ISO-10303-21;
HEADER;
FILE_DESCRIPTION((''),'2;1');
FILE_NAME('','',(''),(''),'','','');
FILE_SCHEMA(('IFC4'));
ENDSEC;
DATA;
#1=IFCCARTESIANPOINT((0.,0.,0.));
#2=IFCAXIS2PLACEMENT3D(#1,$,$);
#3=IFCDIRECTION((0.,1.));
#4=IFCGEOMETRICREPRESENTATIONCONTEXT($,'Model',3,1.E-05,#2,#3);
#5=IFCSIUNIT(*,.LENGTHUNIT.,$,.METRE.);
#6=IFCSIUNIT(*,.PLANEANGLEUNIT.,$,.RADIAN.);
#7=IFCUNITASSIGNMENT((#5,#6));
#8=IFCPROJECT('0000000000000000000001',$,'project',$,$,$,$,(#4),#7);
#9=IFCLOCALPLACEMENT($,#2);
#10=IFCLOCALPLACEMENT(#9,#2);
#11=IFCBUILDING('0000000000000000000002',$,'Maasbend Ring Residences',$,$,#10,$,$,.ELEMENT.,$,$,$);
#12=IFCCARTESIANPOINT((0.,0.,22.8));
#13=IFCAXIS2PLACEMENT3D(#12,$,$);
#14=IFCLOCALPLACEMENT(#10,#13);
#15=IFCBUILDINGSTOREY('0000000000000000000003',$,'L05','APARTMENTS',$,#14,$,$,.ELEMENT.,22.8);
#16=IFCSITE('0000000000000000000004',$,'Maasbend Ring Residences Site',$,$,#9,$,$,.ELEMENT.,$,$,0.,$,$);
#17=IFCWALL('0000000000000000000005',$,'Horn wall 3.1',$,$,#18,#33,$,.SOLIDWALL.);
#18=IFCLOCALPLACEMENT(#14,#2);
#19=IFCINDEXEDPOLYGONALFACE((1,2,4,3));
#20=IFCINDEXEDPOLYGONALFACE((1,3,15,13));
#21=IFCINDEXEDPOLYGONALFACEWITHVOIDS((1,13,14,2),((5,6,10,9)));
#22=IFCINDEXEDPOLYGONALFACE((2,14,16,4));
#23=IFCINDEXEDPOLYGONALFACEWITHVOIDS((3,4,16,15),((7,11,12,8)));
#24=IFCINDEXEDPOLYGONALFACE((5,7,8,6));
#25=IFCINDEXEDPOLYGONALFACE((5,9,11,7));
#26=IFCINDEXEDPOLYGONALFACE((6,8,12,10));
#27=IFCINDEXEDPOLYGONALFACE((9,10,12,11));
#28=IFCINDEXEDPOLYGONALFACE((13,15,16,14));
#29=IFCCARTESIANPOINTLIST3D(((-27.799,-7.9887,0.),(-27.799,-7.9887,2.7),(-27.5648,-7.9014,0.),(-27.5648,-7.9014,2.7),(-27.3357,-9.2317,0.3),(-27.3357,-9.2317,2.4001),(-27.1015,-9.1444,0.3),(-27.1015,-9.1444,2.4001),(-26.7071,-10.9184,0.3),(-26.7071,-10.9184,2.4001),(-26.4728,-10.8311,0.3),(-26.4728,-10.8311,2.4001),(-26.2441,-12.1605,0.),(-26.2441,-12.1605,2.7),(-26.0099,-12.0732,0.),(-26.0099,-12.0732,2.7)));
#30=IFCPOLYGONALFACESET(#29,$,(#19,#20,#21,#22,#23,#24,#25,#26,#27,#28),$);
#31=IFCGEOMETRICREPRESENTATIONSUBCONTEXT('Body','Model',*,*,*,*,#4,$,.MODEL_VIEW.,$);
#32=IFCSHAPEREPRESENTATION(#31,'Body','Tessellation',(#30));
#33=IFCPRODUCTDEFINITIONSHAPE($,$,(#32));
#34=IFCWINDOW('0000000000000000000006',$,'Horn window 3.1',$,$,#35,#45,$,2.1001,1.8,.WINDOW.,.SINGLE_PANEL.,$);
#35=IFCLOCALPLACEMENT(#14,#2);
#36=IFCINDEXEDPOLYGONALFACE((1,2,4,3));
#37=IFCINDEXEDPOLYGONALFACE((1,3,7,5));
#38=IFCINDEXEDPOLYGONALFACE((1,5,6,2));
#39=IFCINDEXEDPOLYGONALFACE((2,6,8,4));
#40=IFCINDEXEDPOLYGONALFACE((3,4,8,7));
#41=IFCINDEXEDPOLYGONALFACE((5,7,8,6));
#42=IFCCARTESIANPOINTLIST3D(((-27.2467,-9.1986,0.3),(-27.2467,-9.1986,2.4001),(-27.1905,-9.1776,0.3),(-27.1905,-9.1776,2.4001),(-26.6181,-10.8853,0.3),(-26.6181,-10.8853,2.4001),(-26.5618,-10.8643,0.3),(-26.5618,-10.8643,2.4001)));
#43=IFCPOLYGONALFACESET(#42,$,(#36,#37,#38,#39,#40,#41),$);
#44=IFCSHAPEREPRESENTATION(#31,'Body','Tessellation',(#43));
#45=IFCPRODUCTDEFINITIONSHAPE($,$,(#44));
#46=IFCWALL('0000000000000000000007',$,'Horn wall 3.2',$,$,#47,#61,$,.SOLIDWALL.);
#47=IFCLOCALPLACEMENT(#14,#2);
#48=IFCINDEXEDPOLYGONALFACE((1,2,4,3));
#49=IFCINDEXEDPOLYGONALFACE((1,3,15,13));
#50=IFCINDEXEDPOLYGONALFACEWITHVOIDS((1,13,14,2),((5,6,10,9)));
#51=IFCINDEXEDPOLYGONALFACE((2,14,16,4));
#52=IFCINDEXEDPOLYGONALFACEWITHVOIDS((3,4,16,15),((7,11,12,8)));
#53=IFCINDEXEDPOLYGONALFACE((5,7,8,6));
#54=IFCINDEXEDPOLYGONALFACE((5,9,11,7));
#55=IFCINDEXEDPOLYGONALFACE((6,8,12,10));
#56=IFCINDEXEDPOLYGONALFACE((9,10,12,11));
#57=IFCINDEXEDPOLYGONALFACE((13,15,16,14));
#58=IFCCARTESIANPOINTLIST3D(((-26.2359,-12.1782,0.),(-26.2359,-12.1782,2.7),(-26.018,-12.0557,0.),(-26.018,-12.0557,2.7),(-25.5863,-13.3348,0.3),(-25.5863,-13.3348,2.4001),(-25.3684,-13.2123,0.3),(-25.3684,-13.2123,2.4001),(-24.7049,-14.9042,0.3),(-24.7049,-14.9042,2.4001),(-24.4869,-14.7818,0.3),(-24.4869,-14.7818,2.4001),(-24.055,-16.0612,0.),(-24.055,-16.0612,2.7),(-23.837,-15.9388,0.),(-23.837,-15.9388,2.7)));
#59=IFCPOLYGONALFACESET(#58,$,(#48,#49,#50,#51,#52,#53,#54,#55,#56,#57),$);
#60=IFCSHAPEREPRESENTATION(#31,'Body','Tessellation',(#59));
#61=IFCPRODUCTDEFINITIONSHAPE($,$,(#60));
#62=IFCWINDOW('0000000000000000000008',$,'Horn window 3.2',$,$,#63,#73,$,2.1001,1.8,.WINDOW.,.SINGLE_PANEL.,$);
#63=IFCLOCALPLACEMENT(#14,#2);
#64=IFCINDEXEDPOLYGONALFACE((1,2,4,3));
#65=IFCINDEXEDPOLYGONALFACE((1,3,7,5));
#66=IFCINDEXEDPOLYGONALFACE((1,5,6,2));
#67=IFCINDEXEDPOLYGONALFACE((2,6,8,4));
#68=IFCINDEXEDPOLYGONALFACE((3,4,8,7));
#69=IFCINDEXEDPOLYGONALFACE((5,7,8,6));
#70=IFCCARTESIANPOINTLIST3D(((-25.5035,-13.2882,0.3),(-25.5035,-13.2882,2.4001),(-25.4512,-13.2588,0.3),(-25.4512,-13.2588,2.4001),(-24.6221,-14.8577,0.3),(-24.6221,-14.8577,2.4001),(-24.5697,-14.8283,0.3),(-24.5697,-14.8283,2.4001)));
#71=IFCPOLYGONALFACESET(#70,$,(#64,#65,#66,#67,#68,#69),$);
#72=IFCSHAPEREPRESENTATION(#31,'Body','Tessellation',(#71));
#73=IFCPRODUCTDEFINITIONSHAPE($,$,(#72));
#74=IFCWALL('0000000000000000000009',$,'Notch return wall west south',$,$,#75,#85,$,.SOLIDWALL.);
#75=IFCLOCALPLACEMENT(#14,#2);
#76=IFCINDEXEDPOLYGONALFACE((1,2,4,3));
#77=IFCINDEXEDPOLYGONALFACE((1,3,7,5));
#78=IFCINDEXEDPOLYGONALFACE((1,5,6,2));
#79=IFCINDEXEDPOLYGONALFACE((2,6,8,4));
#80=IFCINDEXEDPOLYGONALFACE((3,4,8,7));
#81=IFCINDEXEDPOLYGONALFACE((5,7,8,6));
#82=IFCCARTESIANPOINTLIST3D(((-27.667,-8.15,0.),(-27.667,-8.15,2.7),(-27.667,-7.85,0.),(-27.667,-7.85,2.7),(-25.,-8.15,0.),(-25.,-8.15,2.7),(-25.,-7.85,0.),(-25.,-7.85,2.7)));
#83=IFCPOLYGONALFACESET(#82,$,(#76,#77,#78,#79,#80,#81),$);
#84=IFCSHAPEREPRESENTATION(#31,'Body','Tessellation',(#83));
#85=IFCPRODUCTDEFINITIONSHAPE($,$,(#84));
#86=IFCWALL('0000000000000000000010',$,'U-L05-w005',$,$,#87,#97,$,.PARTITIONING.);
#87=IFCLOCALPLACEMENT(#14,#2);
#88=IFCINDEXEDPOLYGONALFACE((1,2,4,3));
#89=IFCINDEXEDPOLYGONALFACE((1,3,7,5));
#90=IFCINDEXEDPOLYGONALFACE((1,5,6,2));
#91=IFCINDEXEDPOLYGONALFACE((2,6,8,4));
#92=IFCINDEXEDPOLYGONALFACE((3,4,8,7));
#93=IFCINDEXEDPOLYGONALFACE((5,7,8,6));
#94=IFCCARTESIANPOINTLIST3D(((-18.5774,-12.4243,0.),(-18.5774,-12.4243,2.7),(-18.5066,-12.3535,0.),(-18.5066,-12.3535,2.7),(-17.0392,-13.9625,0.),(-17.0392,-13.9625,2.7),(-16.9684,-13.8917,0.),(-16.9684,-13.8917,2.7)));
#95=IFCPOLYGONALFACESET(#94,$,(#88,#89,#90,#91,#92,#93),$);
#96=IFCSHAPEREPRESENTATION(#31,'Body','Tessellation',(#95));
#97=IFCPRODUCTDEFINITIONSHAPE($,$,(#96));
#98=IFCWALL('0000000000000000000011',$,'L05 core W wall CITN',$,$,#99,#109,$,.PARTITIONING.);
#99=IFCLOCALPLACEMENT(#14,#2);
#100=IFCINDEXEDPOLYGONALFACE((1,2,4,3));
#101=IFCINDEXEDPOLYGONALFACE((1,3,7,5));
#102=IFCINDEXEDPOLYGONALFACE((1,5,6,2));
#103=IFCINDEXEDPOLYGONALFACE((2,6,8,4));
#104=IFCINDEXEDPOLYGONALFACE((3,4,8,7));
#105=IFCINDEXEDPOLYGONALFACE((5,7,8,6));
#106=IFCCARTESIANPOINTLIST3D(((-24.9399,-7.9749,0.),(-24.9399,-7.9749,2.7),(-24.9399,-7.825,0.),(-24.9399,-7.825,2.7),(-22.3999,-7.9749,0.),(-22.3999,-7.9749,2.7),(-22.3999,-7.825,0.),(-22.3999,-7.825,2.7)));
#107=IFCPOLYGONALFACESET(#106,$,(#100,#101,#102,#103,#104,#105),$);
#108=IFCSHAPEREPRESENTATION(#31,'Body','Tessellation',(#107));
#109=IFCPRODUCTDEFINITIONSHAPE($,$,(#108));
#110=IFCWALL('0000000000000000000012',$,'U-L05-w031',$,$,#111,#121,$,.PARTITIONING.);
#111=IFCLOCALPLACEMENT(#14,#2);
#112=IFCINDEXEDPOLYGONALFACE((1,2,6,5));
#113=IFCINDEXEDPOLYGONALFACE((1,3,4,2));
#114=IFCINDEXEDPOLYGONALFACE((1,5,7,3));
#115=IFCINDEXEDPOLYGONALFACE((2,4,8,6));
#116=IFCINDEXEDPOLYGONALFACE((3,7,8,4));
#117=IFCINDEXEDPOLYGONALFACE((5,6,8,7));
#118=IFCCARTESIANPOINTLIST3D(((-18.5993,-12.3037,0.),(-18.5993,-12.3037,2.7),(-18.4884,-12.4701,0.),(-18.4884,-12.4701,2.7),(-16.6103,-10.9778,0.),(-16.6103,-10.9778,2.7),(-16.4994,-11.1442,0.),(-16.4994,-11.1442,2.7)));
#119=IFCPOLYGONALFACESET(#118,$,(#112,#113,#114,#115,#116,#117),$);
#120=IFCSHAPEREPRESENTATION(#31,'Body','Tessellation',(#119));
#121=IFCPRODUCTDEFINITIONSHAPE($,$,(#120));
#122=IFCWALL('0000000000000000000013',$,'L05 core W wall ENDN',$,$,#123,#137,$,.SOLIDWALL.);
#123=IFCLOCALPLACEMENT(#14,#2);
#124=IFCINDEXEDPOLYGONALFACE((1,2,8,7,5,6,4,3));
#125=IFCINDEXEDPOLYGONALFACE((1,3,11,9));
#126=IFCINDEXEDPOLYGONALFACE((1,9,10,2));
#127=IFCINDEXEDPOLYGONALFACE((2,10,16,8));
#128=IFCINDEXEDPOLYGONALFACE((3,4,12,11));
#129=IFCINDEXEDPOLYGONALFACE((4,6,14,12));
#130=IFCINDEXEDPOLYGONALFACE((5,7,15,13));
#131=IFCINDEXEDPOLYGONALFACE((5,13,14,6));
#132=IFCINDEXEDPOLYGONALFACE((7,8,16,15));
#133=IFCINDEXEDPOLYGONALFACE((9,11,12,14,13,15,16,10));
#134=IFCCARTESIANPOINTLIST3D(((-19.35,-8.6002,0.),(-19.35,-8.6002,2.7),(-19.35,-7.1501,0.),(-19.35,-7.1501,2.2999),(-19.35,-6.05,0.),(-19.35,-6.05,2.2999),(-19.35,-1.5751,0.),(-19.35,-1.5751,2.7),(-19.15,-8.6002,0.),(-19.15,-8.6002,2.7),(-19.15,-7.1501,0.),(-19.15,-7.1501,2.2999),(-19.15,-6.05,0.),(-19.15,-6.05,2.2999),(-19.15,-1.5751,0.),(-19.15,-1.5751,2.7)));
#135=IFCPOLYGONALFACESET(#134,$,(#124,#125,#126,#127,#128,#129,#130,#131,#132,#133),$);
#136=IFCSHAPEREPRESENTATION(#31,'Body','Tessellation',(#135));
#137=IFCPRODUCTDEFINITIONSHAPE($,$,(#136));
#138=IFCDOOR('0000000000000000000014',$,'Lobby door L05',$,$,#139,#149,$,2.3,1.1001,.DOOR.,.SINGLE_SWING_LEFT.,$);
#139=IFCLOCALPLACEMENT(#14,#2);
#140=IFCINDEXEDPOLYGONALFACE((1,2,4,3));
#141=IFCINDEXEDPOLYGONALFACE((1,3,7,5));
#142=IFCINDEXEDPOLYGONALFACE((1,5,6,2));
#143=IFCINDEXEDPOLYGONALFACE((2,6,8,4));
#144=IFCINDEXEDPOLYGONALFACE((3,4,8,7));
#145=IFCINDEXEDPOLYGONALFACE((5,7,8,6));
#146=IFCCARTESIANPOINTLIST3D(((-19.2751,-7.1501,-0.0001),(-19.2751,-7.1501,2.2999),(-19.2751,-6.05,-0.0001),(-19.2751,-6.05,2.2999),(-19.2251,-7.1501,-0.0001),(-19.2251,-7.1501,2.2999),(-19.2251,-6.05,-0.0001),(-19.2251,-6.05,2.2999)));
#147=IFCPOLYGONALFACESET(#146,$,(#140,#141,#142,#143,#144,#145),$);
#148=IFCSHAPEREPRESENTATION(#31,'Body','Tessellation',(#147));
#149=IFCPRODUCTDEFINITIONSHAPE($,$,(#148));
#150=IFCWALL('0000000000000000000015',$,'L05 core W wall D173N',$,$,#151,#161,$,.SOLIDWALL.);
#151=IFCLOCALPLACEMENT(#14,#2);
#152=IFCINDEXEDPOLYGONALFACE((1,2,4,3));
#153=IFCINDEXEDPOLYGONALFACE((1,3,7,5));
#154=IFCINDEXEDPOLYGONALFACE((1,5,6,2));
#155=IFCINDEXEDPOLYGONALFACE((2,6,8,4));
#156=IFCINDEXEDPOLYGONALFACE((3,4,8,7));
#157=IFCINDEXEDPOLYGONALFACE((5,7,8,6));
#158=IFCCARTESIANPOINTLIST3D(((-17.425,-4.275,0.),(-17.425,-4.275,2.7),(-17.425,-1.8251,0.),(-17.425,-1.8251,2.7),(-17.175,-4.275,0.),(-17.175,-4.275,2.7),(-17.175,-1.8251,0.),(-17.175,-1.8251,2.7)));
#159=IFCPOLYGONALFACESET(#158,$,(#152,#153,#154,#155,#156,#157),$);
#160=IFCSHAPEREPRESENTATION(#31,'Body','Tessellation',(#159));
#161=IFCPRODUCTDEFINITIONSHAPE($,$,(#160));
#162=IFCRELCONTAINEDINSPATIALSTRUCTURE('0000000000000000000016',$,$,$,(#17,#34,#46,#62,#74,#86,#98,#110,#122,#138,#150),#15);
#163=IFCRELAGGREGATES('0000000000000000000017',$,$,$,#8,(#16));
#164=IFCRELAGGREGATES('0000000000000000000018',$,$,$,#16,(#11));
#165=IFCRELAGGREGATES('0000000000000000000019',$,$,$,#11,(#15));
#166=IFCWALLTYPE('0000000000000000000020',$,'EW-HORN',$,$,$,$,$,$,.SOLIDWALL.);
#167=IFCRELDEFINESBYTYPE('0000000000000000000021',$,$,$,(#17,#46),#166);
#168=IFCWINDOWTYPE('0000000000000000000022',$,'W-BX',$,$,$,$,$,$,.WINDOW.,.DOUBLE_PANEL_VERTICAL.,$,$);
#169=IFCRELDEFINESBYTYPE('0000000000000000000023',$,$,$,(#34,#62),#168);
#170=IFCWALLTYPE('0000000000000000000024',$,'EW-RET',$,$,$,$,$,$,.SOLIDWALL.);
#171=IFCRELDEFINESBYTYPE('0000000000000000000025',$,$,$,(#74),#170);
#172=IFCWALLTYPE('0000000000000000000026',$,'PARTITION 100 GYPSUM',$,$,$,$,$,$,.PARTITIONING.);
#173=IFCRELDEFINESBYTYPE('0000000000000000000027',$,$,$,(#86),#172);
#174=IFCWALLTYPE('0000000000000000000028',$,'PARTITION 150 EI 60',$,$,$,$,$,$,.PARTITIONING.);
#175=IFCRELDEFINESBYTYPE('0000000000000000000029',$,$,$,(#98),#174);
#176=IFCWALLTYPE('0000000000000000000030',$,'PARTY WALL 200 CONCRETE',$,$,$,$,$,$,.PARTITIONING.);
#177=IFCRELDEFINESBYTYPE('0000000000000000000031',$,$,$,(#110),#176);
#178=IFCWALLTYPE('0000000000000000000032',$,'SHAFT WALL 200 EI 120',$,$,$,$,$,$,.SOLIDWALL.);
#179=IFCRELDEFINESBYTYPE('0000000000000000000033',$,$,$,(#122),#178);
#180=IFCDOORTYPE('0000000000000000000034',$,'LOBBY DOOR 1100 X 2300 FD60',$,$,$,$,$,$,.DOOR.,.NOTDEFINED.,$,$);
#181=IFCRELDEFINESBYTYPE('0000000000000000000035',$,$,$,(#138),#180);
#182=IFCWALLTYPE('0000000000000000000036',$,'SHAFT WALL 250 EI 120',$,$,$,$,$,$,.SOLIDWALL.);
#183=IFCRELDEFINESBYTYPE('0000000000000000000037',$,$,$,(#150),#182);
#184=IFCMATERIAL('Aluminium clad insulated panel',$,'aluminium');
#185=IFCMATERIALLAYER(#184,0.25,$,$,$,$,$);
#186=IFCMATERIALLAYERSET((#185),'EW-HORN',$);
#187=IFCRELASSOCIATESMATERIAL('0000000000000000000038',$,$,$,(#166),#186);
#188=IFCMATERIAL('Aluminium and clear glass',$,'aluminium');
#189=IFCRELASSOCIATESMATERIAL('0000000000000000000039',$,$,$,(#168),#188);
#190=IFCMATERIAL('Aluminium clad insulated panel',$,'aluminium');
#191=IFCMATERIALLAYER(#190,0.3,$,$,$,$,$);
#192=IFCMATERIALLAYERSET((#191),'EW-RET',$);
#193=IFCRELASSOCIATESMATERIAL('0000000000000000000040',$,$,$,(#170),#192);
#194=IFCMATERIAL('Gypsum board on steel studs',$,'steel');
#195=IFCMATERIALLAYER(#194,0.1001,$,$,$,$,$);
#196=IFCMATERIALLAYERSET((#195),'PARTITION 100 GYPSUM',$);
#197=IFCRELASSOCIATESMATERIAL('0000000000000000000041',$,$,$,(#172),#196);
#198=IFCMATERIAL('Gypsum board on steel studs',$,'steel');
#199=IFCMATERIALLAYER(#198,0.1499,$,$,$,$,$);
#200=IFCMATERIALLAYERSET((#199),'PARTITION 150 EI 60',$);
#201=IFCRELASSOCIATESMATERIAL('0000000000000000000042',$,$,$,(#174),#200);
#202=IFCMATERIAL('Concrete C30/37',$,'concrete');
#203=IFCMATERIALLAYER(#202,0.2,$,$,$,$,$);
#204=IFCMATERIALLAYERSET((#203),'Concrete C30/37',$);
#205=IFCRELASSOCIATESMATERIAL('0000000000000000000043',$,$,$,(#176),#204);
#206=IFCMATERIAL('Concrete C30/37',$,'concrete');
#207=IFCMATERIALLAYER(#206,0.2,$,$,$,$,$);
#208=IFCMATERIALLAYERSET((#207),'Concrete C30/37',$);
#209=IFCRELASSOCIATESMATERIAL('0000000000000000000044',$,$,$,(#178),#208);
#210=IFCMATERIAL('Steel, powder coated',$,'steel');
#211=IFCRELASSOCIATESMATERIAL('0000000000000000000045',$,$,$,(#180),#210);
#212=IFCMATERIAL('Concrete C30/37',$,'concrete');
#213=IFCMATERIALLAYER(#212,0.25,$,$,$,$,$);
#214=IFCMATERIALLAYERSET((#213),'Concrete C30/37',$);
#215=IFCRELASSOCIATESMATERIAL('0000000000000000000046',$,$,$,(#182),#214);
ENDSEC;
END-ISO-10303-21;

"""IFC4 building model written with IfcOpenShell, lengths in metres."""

from ifc_helpers import new_model, si_unit, direction, frame, frame_2d, origin, place, context, subcontext, project, spatial, rectangle, extrude, material, layer, layer_set, type_object, element, fill, save


model = new_model("IFC4")

# Units and contexts
model_context = context("Model", 3, precision=1e-05, world=origin(), true_north=direction((0.0, 1.0)))
body_context = subcontext(model_context, "Body", "Model", "MODEL_VIEW")
ifc_project = project(units=[si_unit("LENGTHUNIT", "METRE"), si_unit("PLANEANGLEUNIT", "RADIAN")], contexts=[model_context])

# Site, building, storey
site_placement = place(None, origin())
site = spatial("IfcSite", under=ifc_project, at=site_placement, Name="Maasbend Ring Residences Site", CompositionType="ELEMENT", RefElevation=0.0)
building_placement = place(site_placement, origin())
building = spatial("IfcBuilding", under=site, at=building_placement, Name="Maasbend Ring Residences", CompositionType="ELEMENT")
storey_placement = place(building_placement, frame((0.0, 0.0, 22.8)))
storey = spatial("IfcBuildingStorey", under=building, at=storey_placement, Name="L05", Description="APARTMENTS", CompositionType="ELEMENT", Elevation=22.8)

# Walls, openings, windows
ifc_material_1 = material(Name="Aluminium clad insulated panel", Category="aluminium")
ifc_layer_1 = layer(ifc_material_1, 0.25)
ifc_layer_set_1 = layer_set([ifc_layer_1], Name="EW-HORN")
wall_type_1 = type_object("IfcWallType", Name="EW-HORN", PredefinedType="SOLIDWALL", material=ifc_layer_set_1)
wall_1_placement = place(storey_placement, frame((-27.6819, -7.9451, 0.0), z_axis=(0.0, 0.0, 1.0), x_axis=(0.349248, -0.93703, 0.0)))
wall_1 = element("IfcWall", 1, at=wall_1_placement, inside=storey, type_object=wall_type_1, Name="Horn wall 3.1", PredefinedType="SOLIDWALL", context=body_context, shape_type="SweptSolid", body=[
    extrude(rectangle(XDim=4.4521, YDim=0.25, at=frame_2d((2.2261, 0.0))), origin(), (0.0, 0.0, 1.0), 2.7),
])
opening_1_placement = place(wall_1_placement, frame((1.3267, 0.0, 0.3)))
opening_1 = element("IfcOpeningElement", 2, at=opening_1_placement, cuts=wall_1, PredefinedType="OPENING", context=body_context, shape_type="SweptSolid", body=[
    extrude(rectangle(XDim=1.8, YDim=2.1001, at=frame_2d((0.8999, 1.05))), frame((0.0, 0.135, 0.0), z_axis=(0.0, -1.0, 0.0), x_axis=(1.0, 0.0, 0.0)), (0.0, 0.0, 1.0), 0.27),
])
ifc_material_2 = material(Name="Aluminium and clear glass", Category="aluminium")
window_type = type_object("IfcWindowType", Name="W-BX", PartitioningType="DOUBLE_PANEL_VERTICAL", PredefinedType="WINDOW", material=ifc_material_2)
window_1_placement = place(opening_1_placement, origin())
window_1 = element("IfcWindow", 3, at=window_1_placement, inside=storey, type_object=window_type, Name="Horn window 3.1", OverallHeight=2.1001, OverallWidth=1.8, PartitioningType="SINGLE_PANEL", PredefinedType="WINDOW", context=body_context, shape_type="SweptSolid", body=[
    extrude(rectangle(XDim=1.8, YDim=2.1001, at=frame_2d((0.8999, 1.05))), frame((0.0, 0.03, 0.0), z_axis=(0.0, -1.0, 0.0), x_axis=(1.0, 0.0, 0.0)), (0.0, 0.0, 1.0), 0.0601),
])
fill(opening_1, window_1)
wall_2_placement = place(storey_placement, frame((-26.127, -12.1169, 0.0), z_axis=(0.0, 0.0, 1.0), x_axis=(0.489696, -0.871893, 0.0)))
wall_2 = element("IfcWall", 4, at=wall_2_placement, inside=storey, type_object=wall_type_1, Name="Horn wall 3.2", PredefinedType="SOLIDWALL", context=body_context, shape_type="SweptSolid", body=[
    extrude(rectangle(XDim=4.4536, YDim=0.25, at=frame_2d((2.2268, 0.0))), origin(), (0.0, 0.0, 1.0), 2.7),
])
opening_2_placement = place(wall_2_placement, frame((1.3267, 0.0, 0.3)))
opening_2 = element("IfcOpeningElement", 5, at=opening_2_placement, cuts=wall_2, PredefinedType="OPENING", context=body_context, shape_type="SweptSolid", body=[
    extrude(rectangle(XDim=1.8, YDim=2.1001, at=frame_2d((0.8999, 1.05))), frame((0.0, 0.135, 0.0), z_axis=(0.0, -1.0, 0.0), x_axis=(1.0, 0.0, 0.0)), (0.0, 0.0, 1.0), 0.27),
])
window_2_placement = place(opening_2_placement, origin())
window_2 = element("IfcWindow", 6, at=window_2_placement, inside=storey, type_object=window_type, Name="Horn window 3.2", OverallHeight=2.1001, OverallWidth=1.8, PartitioningType="SINGLE_PANEL", PredefinedType="WINDOW", context=body_context, shape_type="SweptSolid", body=[
    extrude(rectangle(XDim=1.8, YDim=2.1001, at=frame_2d((0.8999, 1.05))), frame((0.0, 0.03, 0.0), z_axis=(0.0, -1.0, 0.0), x_axis=(1.0, 0.0, 0.0)), (0.0, 0.0, 1.0), 0.0601),
])
fill(opening_2, window_2)

# Walls
ifc_material_3 = material(Name="Aluminium clad insulated panel", Category="aluminium")
ifc_layer_2 = layer(ifc_material_3, 0.3)
ifc_layer_set_2 = layer_set([ifc_layer_2], Name="EW-RET")
wall_type_2 = type_object("IfcWallType", Name="EW-RET", PredefinedType="SOLIDWALL", material=ifc_layer_set_2)
wall_3_placement = place(storey_placement, frame((-25.0, -8.0, 0.0), z_axis=(0.0, 0.0, 1.0), x_axis=(-1.0, 0.0, 0.0)))
element("IfcWall", 7, at=wall_3_placement, inside=storey, type_object=wall_type_2, Name="Notch return wall west south", PredefinedType="SOLIDWALL", context=body_context, shape_type="SweptSolid", body=[
    extrude(rectangle(XDim=2.667, YDim=0.3, at=frame_2d((1.3335, 0.0))), origin(), (0.0, 0.0, 1.0), 2.7),
])
ifc_material_4 = material(Name="Gypsum board on steel studs", Category="steel")
ifc_layer_3 = layer(ifc_material_4, 0.1001)
ifc_layer_set_3 = layer_set([ifc_layer_3], Name="PARTITION 100 GYPSUM")
wall_type_3 = type_object("IfcWallType", Name="PARTITION 100 GYPSUM", PredefinedType="PARTITIONING", material=ifc_layer_set_3)
wall_4_placement = place(storey_placement, frame((-18.542, -12.3889, 0.0), z_axis=(0.0, 0.0, 1.0), x_axis=(0.707107, -0.707107, 0.0)))
element("IfcWall", 8, at=wall_4_placement, inside=storey, type_object=wall_type_3, Name="U-L05-w005", PredefinedType="PARTITIONING", context=body_context, shape_type="SweptSolid", body=[
    extrude(rectangle(XDim=2.1753, YDim=0.1001, at=frame_2d((1.0876, 0.0))), origin(), (0.0, 0.0, 1.0), 2.7),
])
ifc_material_5 = material(Name="Gypsum board on steel studs", Category="steel")
ifc_layer_4 = layer(ifc_material_5, 0.1499)
ifc_layer_set_4 = layer_set([ifc_layer_4], Name="PARTITION 150 EI 60")
wall_type_4 = type_object("IfcWallType", Name="PARTITION 150 EI 60", PredefinedType="PARTITIONING", material=ifc_layer_set_4)
wall_5_placement = place(storey_placement, frame((-22.3999, -7.8999, 0.0), z_axis=(0.0, 0.0, 1.0), x_axis=(-1.0, 0.0, 0.0)))
element("IfcWall", 9, at=wall_5_placement, inside=storey, type_object=wall_type_4, Name="L05 core W wall CITN", PredefinedType="PARTITIONING", context=body_context, shape_type="SweptSolid", body=[
    extrude(rectangle(XDim=2.54, YDim=0.1499, at=frame_2d((1.27, 0.0))), origin(), (0.0, 0.0, 1.0), 2.7),
])
ifc_material_6 = material(Name="Concrete C30/37", Category="concrete")
ifc_layer_5 = layer(ifc_material_6, 0.2)
ifc_layer_set_5 = layer_set([ifc_layer_5], Name="Concrete C30/37")
wall_type_5 = type_object("IfcWallType", Name="PARTY WALL 200 CONCRETE", PredefinedType="PARTITIONING", material=ifc_layer_set_5)
wall_6_placement = place(storey_placement, frame((-18.5439, -12.387, 0.0), z_axis=(0.0, 0.0, 1.0), x_axis=(0.832066, 0.554677, 0.0)))
element("IfcWall", 10, at=wall_6_placement, inside=storey, type_object=wall_type_5, Name="U-L05-w031", PredefinedType="PARTITIONING", context=body_context, shape_type="SweptSolid", body=[
    extrude(rectangle(XDim=2.3904, YDim=0.2, at=frame_2d((1.1953, 0.0))), origin(), (0.0, 0.0, 1.0), 2.7),
])

# Wall, opening, door
ifc_material_7 = material(Name="Concrete C30/37", Category="concrete")
ifc_layer_6 = layer(ifc_material_7, 0.2)
ifc_layer_set_6 = layer_set([ifc_layer_6], Name="Concrete C30/37")
wall_type_6 = type_object("IfcWallType", Name="SHAFT WALL 200 EI 120", PredefinedType="SOLIDWALL", material=ifc_layer_set_6)
wall_7_placement = place(storey_placement, frame((-19.25, -1.575, 0.0), z_axis=(0.0, 0.0, 1.0), x_axis=(0.0, -1.0, 0.0)))
wall_7 = element("IfcWall", 11, at=wall_7_placement, inside=storey, type_object=wall_type_6, Name="L05 core W wall ENDN", PredefinedType="SOLIDWALL", context=body_context, shape_type="SweptSolid", body=[
    extrude(rectangle(XDim=7.0251, YDim=0.2, at=frame_2d((3.5127, 0.0))), origin(), (0.0, 0.0, 1.0), 2.7),
])
opening_3_placement = place(wall_7_placement, frame((4.4751, 0.0, 0.0)))
opening_3 = element("IfcOpeningElement", 12, at=opening_3_placement, cuts=wall_7, PredefinedType="OPENING", context=body_context, shape_type="SweptSolid", body=[
    extrude(rectangle(XDim=1.1001, YDim=2.3, at=frame_2d((0.55, 1.1499))), frame((0.0, 0.1099, 0.0), z_axis=(0.0, -1.0, 0.0), x_axis=(1.0, 0.0, 0.0)), (0.0, 0.0, 1.0), 0.22),
])
ifc_material_8 = material(Name="Steel, powder coated", Category="steel")
door_type_1 = type_object("IfcDoorType", Name="LOBBY DOOR 1100 X 2300 FD60", OperationType="NOTDEFINED", PredefinedType="DOOR", material=ifc_material_8)
door_1_placement = place(opening_3_placement, origin())
door_1 = element("IfcDoor", 13, at=door_1_placement, inside=storey, type_object=door_type_1, Name="Lobby door L05", OperationType="SINGLE_SWING_LEFT", OverallHeight=2.3, OverallWidth=1.1001, PredefinedType="DOOR", context=body_context, shape_type="SweptSolid", body=[
    extrude(rectangle(XDim=1.1001, YDim=2.3, at=frame_2d((0.55, 1.1499))), frame((0.0, 0.0249, 0.0), z_axis=(0.0, -1.0, 0.0), x_axis=(1.0, 0.0, 0.0)), (0.0, 0.0, 1.0), 0.05),
])
fill(opening_3, door_1)

# Wall
ifc_material_9 = material(Name="Concrete C30/37", Category="concrete")
ifc_layer_7 = layer(ifc_material_9, 0.25)
ifc_layer_set_7 = layer_set([ifc_layer_7], Name="Concrete C30/37")
wall_type_7 = type_object("IfcWallType", Name="SHAFT WALL 250 EI 120", PredefinedType="SOLIDWALL", material=ifc_layer_set_7)
wall_8_placement = place(storey_placement, frame((-17.3, -1.825, 0.0), z_axis=(0.0, 0.0, 1.0), x_axis=(0.0, -1.0, 0.0)))
element("IfcWall", 14, at=wall_8_placement, inside=storey, type_object=wall_type_7, Name="L05 core W wall D173N", PredefinedType="SOLIDWALL", context=body_context, shape_type="SweptSolid", body=[
    extrude(rectangle(XDim=2.45, YDim=0.25, at=frame_2d((1.2251, 0.0))), origin(), (0.0, 0.0, 1.0), 2.7),
])

save(model, "model.ifc")
